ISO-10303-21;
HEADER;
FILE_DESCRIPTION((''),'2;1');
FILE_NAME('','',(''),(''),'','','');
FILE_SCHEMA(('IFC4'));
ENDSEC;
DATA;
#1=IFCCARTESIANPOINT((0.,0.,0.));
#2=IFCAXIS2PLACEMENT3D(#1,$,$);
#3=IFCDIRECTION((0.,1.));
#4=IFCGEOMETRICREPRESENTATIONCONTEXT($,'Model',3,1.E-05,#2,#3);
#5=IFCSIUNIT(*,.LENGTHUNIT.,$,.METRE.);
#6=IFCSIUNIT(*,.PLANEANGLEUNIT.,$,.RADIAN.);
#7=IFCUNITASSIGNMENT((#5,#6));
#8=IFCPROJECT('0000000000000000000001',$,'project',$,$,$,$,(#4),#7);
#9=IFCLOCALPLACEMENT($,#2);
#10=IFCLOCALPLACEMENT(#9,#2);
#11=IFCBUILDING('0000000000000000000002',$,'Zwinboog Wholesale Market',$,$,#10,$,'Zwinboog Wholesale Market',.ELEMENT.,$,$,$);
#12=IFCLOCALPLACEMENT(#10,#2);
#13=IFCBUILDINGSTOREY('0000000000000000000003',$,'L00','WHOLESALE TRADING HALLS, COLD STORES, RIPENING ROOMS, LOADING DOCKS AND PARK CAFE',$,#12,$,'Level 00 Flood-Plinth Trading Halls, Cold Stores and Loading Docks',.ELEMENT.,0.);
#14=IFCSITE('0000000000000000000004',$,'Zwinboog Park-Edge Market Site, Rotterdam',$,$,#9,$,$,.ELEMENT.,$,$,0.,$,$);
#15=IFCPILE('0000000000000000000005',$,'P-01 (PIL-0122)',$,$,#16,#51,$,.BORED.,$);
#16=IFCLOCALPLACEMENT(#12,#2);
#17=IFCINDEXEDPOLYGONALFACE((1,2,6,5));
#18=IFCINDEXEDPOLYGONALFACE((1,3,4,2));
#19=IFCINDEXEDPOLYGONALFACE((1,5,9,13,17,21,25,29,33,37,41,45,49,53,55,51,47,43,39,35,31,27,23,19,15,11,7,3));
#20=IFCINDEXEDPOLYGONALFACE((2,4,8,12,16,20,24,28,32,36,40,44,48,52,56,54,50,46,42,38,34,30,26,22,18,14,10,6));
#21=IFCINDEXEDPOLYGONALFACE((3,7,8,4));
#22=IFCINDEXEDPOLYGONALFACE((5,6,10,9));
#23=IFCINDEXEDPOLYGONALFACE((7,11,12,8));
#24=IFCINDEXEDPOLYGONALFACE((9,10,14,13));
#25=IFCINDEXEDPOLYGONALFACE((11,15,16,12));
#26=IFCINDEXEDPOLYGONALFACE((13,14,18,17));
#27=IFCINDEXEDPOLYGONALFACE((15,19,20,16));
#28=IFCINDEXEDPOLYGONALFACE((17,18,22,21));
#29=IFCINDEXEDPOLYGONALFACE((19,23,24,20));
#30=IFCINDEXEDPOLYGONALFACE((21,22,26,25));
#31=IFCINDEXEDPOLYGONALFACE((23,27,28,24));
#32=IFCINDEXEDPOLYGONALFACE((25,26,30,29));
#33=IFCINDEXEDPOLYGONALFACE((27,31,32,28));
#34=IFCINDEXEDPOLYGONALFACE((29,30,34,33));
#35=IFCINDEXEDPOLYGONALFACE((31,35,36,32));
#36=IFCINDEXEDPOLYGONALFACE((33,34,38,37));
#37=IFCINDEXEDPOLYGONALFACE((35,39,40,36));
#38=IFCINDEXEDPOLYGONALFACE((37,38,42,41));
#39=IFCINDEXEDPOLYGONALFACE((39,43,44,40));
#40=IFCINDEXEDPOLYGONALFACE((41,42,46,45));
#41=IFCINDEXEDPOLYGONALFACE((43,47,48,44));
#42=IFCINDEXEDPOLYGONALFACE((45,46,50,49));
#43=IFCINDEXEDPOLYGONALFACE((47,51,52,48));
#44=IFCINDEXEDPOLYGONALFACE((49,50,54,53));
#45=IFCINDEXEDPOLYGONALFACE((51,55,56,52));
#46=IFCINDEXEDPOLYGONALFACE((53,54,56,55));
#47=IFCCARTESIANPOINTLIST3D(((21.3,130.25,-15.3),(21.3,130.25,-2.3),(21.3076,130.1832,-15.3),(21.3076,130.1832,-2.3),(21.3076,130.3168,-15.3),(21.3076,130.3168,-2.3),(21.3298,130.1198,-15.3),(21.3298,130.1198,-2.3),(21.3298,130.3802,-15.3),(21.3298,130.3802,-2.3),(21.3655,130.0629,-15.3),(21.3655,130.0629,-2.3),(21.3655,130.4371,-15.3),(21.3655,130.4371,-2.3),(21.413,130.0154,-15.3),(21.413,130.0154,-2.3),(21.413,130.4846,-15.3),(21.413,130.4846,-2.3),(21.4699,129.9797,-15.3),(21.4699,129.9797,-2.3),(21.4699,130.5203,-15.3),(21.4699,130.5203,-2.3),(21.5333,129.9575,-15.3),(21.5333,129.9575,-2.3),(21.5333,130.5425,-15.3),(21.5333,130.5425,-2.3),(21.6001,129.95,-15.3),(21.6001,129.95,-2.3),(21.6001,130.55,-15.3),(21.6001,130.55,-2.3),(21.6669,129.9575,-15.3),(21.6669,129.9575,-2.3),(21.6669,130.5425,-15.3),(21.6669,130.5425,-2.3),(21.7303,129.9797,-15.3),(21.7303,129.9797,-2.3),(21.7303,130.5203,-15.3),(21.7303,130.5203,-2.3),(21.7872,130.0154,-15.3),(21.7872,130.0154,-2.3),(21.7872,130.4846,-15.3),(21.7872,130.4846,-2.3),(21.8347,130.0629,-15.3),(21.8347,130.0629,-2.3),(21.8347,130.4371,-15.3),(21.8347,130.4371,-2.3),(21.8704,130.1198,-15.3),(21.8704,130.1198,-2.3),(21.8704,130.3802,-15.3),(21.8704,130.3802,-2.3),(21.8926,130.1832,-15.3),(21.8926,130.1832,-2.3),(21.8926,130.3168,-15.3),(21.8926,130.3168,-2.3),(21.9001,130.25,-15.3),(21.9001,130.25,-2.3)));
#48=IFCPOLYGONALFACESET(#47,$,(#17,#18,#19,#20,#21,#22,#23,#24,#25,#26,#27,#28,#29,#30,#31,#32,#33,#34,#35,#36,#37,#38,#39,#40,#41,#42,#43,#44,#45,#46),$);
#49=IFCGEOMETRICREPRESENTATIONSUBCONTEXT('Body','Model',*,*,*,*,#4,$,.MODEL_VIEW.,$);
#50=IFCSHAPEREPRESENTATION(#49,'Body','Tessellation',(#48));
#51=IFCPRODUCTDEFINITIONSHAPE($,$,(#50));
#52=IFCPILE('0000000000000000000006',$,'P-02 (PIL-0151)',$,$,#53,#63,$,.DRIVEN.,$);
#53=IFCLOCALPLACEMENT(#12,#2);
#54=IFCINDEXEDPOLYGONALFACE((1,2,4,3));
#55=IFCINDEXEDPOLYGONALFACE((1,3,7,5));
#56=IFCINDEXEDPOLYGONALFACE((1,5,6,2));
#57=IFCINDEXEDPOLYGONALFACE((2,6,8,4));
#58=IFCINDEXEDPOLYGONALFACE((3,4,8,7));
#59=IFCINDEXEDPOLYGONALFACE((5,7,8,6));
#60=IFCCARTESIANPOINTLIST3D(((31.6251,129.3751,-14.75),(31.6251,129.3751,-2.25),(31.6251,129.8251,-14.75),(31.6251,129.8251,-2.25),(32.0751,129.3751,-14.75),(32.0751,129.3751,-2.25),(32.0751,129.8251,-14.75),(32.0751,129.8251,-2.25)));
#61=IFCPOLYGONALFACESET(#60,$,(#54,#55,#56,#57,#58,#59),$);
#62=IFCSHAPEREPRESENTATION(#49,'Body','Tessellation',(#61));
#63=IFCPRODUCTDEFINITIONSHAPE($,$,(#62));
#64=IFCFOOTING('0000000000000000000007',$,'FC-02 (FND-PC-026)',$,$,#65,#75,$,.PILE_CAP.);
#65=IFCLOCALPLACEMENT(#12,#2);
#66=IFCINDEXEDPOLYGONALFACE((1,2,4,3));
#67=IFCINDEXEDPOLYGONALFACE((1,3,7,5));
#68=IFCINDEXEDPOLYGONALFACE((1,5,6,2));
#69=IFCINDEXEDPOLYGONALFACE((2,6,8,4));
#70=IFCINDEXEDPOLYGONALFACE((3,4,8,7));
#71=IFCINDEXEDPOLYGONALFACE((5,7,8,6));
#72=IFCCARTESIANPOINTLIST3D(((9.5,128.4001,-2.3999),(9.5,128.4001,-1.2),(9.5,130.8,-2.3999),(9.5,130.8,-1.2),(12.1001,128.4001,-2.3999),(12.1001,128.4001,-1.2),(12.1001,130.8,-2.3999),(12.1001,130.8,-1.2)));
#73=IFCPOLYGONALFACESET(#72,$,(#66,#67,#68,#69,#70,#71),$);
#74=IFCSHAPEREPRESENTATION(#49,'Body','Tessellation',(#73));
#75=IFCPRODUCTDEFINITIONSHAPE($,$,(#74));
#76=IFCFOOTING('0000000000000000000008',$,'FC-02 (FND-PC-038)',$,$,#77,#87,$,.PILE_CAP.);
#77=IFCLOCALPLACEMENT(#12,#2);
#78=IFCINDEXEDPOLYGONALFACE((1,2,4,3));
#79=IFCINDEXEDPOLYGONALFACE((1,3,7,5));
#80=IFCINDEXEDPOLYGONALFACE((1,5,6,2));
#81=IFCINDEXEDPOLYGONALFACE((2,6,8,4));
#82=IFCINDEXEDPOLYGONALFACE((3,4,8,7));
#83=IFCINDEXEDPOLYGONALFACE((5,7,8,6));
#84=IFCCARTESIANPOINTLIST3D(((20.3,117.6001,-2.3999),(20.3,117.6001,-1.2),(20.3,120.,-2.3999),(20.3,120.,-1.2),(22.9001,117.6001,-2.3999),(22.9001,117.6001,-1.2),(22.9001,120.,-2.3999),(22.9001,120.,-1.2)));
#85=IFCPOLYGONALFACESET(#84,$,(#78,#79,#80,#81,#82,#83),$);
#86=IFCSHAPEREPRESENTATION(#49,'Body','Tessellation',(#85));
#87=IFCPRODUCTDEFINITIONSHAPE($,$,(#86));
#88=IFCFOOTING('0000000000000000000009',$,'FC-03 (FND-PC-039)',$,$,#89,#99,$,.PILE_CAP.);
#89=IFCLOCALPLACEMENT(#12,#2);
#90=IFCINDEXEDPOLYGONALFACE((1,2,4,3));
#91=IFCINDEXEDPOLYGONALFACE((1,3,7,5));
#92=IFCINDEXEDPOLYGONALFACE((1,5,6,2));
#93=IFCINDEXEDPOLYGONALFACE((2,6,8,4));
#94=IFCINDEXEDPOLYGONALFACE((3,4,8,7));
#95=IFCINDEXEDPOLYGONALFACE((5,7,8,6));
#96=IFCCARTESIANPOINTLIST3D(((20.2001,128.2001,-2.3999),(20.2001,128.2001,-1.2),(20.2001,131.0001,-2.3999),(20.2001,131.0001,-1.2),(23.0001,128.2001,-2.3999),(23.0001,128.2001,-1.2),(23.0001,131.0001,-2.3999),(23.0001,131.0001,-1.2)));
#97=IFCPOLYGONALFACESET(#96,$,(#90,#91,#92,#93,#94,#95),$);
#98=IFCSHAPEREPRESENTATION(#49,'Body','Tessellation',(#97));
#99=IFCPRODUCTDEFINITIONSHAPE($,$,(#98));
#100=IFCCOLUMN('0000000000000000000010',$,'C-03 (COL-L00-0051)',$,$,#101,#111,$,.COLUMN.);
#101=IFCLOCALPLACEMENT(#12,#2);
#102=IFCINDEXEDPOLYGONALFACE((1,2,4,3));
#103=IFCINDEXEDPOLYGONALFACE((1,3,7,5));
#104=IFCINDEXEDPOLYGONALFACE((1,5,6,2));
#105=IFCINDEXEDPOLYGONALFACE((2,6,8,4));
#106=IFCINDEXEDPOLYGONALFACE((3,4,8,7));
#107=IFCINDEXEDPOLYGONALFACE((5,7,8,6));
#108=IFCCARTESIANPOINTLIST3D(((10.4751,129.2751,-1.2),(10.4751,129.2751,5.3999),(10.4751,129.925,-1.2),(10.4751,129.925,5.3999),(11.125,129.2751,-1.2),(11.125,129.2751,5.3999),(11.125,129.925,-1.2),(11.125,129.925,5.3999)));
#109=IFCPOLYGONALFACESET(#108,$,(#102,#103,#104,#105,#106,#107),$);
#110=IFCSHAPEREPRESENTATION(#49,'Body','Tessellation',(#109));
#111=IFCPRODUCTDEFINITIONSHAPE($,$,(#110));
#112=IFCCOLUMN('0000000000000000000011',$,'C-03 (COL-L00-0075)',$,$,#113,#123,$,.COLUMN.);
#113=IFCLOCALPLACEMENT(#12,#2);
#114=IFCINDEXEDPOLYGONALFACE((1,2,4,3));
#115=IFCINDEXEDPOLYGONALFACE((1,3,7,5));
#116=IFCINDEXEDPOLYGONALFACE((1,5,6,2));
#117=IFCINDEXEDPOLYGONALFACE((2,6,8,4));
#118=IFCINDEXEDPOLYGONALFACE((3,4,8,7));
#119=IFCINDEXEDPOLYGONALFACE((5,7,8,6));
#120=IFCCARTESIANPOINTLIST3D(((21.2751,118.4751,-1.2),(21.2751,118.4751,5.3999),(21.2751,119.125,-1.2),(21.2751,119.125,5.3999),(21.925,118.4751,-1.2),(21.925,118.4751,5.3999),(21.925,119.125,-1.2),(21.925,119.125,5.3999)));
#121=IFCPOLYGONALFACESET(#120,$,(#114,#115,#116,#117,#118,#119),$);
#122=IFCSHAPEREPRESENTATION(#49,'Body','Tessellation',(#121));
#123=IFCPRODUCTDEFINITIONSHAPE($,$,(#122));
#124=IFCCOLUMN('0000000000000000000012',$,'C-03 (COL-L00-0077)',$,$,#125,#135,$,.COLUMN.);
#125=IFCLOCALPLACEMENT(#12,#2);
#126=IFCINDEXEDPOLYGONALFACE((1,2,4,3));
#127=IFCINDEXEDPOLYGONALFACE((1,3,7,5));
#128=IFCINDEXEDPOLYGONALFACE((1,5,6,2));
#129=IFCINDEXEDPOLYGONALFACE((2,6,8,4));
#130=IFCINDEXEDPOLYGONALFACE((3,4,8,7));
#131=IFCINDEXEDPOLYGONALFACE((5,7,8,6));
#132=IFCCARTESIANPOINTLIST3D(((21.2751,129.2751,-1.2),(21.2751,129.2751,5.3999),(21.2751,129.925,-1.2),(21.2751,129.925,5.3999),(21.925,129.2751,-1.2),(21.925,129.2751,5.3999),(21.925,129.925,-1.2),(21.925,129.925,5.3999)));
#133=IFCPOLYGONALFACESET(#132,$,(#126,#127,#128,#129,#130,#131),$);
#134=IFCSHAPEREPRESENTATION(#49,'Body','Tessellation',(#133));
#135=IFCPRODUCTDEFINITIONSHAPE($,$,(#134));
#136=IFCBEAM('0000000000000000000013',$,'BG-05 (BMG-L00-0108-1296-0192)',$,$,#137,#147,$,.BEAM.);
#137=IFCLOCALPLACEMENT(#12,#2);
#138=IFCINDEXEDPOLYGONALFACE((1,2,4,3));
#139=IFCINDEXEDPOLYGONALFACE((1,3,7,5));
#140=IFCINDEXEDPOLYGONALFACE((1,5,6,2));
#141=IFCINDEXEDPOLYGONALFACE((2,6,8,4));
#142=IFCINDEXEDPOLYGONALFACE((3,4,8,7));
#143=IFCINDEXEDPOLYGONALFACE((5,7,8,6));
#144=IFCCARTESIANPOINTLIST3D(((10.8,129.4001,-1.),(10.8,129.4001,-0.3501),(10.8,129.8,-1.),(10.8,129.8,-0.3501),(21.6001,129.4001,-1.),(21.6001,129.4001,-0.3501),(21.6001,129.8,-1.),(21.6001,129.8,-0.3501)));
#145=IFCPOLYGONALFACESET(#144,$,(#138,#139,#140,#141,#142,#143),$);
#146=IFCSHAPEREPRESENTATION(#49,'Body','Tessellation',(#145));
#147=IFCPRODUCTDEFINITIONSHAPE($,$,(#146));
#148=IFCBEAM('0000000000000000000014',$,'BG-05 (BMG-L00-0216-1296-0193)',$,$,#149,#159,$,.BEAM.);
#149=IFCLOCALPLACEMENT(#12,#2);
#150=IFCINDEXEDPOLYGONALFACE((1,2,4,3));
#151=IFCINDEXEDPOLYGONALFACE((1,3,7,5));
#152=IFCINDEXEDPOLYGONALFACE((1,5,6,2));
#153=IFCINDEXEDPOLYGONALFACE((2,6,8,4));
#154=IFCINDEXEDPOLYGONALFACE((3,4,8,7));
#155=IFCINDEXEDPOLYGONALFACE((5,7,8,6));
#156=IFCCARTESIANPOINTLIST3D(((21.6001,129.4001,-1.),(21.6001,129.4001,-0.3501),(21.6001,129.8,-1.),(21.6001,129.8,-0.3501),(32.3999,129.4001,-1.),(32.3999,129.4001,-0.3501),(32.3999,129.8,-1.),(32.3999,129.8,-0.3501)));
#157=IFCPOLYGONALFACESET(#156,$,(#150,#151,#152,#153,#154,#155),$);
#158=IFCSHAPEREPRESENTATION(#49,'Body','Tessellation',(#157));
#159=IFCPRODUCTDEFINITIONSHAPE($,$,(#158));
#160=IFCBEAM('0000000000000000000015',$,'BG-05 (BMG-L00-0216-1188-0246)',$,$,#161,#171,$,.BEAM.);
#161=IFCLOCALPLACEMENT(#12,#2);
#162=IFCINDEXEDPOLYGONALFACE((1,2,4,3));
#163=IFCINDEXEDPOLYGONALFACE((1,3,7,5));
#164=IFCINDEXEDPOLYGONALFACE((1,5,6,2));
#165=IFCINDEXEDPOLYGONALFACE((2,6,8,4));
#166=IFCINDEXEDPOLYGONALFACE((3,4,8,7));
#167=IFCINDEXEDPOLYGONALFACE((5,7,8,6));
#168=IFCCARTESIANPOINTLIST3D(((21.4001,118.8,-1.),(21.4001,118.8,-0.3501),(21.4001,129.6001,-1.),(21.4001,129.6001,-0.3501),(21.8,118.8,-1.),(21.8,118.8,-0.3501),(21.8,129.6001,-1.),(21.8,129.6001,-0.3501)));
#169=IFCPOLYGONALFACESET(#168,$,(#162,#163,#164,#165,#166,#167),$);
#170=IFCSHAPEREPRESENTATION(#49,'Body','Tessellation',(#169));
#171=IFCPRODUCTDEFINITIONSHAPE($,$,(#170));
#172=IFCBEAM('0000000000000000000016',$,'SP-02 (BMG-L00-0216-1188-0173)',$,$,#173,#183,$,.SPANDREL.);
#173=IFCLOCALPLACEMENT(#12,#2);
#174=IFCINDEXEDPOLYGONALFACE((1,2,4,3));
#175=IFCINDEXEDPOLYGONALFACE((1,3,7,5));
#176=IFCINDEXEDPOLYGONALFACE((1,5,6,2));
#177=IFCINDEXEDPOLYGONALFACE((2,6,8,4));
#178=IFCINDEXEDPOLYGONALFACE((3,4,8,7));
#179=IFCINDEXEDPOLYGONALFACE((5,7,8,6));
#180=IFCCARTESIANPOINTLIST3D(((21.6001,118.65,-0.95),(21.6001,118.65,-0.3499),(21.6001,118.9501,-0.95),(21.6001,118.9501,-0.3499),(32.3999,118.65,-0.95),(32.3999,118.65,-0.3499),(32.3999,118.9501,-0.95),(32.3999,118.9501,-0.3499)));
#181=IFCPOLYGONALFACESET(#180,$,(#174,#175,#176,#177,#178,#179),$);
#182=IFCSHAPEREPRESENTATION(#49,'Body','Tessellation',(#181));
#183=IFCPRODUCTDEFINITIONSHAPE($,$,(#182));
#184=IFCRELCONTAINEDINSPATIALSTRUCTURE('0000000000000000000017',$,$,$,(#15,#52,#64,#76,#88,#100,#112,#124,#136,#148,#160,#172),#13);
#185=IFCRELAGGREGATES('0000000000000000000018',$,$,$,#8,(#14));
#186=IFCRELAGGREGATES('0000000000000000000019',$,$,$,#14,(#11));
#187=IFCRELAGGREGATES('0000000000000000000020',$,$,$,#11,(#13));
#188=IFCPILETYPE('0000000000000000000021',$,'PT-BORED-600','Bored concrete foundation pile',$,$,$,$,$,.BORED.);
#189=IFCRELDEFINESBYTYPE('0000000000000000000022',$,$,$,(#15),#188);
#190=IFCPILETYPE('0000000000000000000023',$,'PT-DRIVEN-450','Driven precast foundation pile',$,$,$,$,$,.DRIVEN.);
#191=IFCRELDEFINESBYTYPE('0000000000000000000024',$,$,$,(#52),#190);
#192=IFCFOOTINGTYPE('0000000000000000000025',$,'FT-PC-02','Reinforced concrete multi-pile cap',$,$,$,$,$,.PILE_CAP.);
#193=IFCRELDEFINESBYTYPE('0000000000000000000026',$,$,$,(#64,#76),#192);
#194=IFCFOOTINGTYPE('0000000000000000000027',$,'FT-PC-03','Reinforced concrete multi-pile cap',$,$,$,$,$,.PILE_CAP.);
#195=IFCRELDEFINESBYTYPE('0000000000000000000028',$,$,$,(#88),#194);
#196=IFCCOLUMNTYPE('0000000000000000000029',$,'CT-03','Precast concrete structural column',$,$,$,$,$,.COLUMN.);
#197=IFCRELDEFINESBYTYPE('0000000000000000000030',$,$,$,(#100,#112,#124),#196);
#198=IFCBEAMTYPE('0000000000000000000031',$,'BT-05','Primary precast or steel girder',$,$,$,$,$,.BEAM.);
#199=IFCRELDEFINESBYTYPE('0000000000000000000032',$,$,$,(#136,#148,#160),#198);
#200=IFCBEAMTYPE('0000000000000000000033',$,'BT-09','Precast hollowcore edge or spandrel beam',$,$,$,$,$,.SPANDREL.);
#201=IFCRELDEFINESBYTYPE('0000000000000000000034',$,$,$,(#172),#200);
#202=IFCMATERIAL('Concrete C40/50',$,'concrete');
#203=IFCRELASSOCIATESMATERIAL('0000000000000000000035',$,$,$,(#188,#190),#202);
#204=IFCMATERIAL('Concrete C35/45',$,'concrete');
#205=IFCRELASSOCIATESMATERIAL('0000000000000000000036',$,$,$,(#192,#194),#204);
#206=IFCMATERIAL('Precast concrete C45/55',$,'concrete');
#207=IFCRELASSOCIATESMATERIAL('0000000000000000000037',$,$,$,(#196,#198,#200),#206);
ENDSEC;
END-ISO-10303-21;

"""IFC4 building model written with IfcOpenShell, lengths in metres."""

from ifc_helpers import new_model, si_unit, direction, frame, origin, origin_2d, place, context, subcontext, project, spatial, rectangle, circle, extrude, material, material_profile, profile_set, type_object, element, save


model = new_model("IFC4")

# Units and contexts
model_context = context("Model", 3, precision=1e-05, world=origin(), true_north=direction((0.0, 1.0)))
body_context = subcontext(model_context, "Body", "Model", "MODEL_VIEW")
ifc_project = project(units=[si_unit("LENGTHUNIT", "METRE"), si_unit("PLANEANGLEUNIT", "RADIAN")], contexts=[model_context])

# Site, building, storey
site_placement = place(None, origin())
site = spatial("IfcSite", under=ifc_project, at=site_placement, Name="Zwinboog Park-Edge Market Site, Rotterdam", CompositionType="ELEMENT", RefElevation=0.0)
building_placement = place(site_placement, origin())
building = spatial("IfcBuilding", under=site, at=building_placement, Name="Zwinboog Wholesale Market", LongName="Zwinboog Wholesale Market", CompositionType="ELEMENT")
storey_placement = place(building_placement, origin())
storey = spatial("IfcBuildingStorey", under=building, at=storey_placement, Name="L00", Description="WHOLESALE TRADING HALLS, COLD STORES, RIPENING ROOMS, LOADING DOCKS AND PARK CAFE", LongName="Level 00 Flood-Plinth Trading Halls, Cold Stores and Loading Docks", CompositionType="ELEMENT", Elevation=0.0)

# Piles
ifc_material_1 = material(Name="Concrete C40/50", Category="concrete")
ifc_material_profile_1 = material_profile(ifc_material_1, circle(Radius=0.3, at=origin_2d()), Name="PILE D600")
ifc_profile_set_1 = profile_set([ifc_material_profile_1], Name="Concrete C40/50")
pile_type_1 = type_object("IfcPileType", Name="PT-BORED-600", Description="Bored concrete foundation pile", PredefinedType="BORED", material=ifc_profile_set_1)
for number, where, z_axis, x_axis, name in (
    (1, (21.6001, 130.25, -2.3), (0.0, 0.0, -1.0), (1.0, 0.0, 0.0), "P-01 (PIL-0122)"),
):
    element("IfcPile", number, at=place(storey_placement, frame(where, z_axis=z_axis, x_axis=x_axis)), inside=storey, type_object=pile_type_1, Name=name, PredefinedType="BORED", context=body_context, shape_type="SweptSolid", body=[
        extrude(circle(Radius=0.3, at=origin_2d()), origin(), (0.0, 0.0, 1.0), 13.0),
    ])
ifc_material_profile_2 = material_profile(ifc_material_1, rectangle(XDim=0.45, YDim=0.45, at=origin_2d()), Name="PILE SQ450")
ifc_profile_set_2 = profile_set([ifc_material_profile_2], Name="Concrete C40/50")
pile_type_2 = type_object("IfcPileType", Name="PT-DRIVEN-450", Description="Driven precast foundation pile", PredefinedType="DRIVEN", material=ifc_profile_set_2)
pile_placement = place(storey_placement, frame((31.8501, 129.6001, -2.25), z_axis=(0.0, 0.0, -1.0), x_axis=(1.0, 0.0, 0.0)))
element("IfcPile", 2, at=pile_placement, inside=storey, type_object=pile_type_2, Name="P-02 (PIL-0151)", PredefinedType="DRIVEN", context=body_context, shape_type="SweptSolid", body=[
    extrude(rectangle(XDim=0.45, YDim=0.45, at=origin_2d()), origin(), (0.0, 0.0, 1.0), 12.5),
])

# Footings
ifc_material_2 = material(Name="Concrete C35/45", Category="concrete")
footing_type_1 = type_object("IfcFootingType", Name="FT-PC-02", Description="Reinforced concrete multi-pile cap", PredefinedType="PILE_CAP", material=ifc_material_2)
for number, where, z_axis, x_axis, name in (
    (3, (10.8, 129.6001, -2.3999), (0.0, 0.0, 1.0), (1.0, 0.0, 0.0), "FC-02 (FND-PC-026)"),
    (4, (21.6001, 118.8, -2.3999), (0.0, 0.0, 1.0), (1.0, 0.0, 0.0), "FC-02 (FND-PC-038)"),
):
    element("IfcFooting", number, at=place(storey_placement, frame(where, z_axis=z_axis, x_axis=x_axis)), inside=storey, type_object=footing_type_1, Name=name, PredefinedType="PILE_CAP", context=body_context, shape_type="SweptSolid", body=[
        extrude(rectangle(XDim=2.6001, YDim=2.3999, at=origin_2d()), origin(), (0.0, 0.0, 1.0), 1.2),
    ])
footing_type_2 = type_object("IfcFootingType", Name="FT-PC-03", Description="Reinforced concrete multi-pile cap", PredefinedType="PILE_CAP", material=ifc_material_2)
footing_placement = place(storey_placement, frame((21.6001, 129.6001, -2.3999), z_axis=(0.0, 0.0, 1.0), x_axis=(1.0, 0.0, 0.0)))
element("IfcFooting", 5, at=footing_placement, inside=storey, type_object=footing_type_2, Name="FC-03 (FND-PC-039)", PredefinedType="PILE_CAP", context=body_context, shape_type="SweptSolid", body=[
    extrude(rectangle(XDim=2.8, YDim=2.8, at=origin_2d()), origin(), (0.0, 0.0, 1.0), 1.2),
])

# Columns
ifc_material_3 = material(Name="Precast concrete C45/55", Category="concrete")
ifc_material_profile_3 = material_profile(ifc_material_3, rectangle(XDim=0.6499, YDim=0.6499, at=origin_2d()), Name="PC 650x650")
ifc_profile_set_3 = profile_set([ifc_material_profile_3], Name="Precast concrete C45/55")
column_type = type_object("IfcColumnType", Name="CT-03", Description="Precast concrete structural column", PredefinedType="COLUMN", material=ifc_profile_set_3)
for number, where, z_axis, x_axis, name in (
    (6, (10.8, 129.6001, -1.2), (0.0, 0.0, 1.0), (1.0, 0.0, 0.0), "C-03 (COL-L00-0051)"),
    (7, (21.6001, 118.8, -1.2), (0.0, 0.0, 1.0), (1.0, 0.0, 0.0), "C-03 (COL-L00-0075)"),
    (8, (21.6001, 129.6001, -1.2), (0.0, 0.0, 1.0), (1.0, 0.0, 0.0), "C-03 (COL-L00-0077)"),
):
    element("IfcColumn", number, at=place(storey_placement, frame(where, z_axis=z_axis, x_axis=x_axis)), inside=storey, type_object=column_type, Name=name, PredefinedType="COLUMN", context=body_context, shape_type="SweptSolid", body=[
        extrude(rectangle(XDim=0.6499, YDim=0.6499, at=origin_2d()), origin(), (0.0, 0.0, 1.0), 6.5999),
    ])

# Beams
ifc_material_profile_4 = material_profile(ifc_material_3, rectangle(XDim=0.3999, YDim=0.6499, at=origin_2d()), Name="PC 400x650")
ifc_profile_set_4 = profile_set([ifc_material_profile_4], Name="Precast concrete C45/55")
beam_type_1 = type_object("IfcBeamType", Name="BT-05", Description="Primary precast or steel girder", PredefinedType="BEAM", material=ifc_profile_set_4)
beam_1_placement = place(storey_placement, frame((10.8, 129.6001, -0.675), z_axis=(1.0, 0.0, 0.0), x_axis=(0.0, 1.0, 0.0)))
element("IfcBeam", 9, at=beam_1_placement, inside=storey, type_object=beam_type_1, Name="BG-05 (BMG-L00-0108-1296-0192)", PredefinedType="BEAM", context=body_context, shape_type="SweptSolid", body=[
    extrude(rectangle(XDim=0.3999, YDim=0.6499, at=origin_2d()), origin(), (0.0, 0.0, 1.0), 10.8),
])
beam_2_placement = place(storey_placement, frame((21.6001, 129.6001, -0.675), z_axis=(1.0, 0.0, 0.0), x_axis=(0.0, 1.0, 0.0)))
element("IfcBeam", 10, at=beam_2_placement, inside=storey, type_object=beam_type_1, Name="BG-05 (BMG-L00-0216-1296-0193)", PredefinedType="BEAM", context=body_context, shape_type="SweptSolid", body=[
    extrude(rectangle(XDim=0.3999, YDim=0.6499, at=origin_2d()), origin(), (0.0, 0.0, 1.0), 10.7998),
])
beam_3_placement = place(storey_placement, frame((21.6001, 118.8, -0.675), z_axis=(0.0, 1.0, 0.0), x_axis=(-1.0, 0.0, 0.0)))
element("IfcBeam", 11, at=beam_3_placement, inside=storey, type_object=beam_type_1, Name="BG-05 (BMG-L00-0216-1188-0246)", PredefinedType="BEAM", context=body_context, shape_type="SweptSolid", body=[
    extrude(rectangle(XDim=0.3999, YDim=0.6499, at=origin_2d()), origin(), (0.0, 0.0, 1.0), 10.8),
])
ifc_material_profile_5 = material_profile(ifc_material_3, rectangle(XDim=0.3, YDim=0.6001, at=origin_2d()), Name="PC 300x600")
ifc_profile_set_5 = profile_set([ifc_material_profile_5], Name="Precast concrete C45/55")
beam_type_2 = type_object("IfcBeamType", Name="BT-09", Description="Precast hollowcore edge or spandrel beam", PredefinedType="SPANDREL", material=ifc_profile_set_5)
beam_4_placement = place(storey_placement, frame((21.6001, 118.8, -0.6499), z_axis=(1.0, 0.0, 0.0), x_axis=(0.0, 1.0, 0.0)))
element("IfcBeam", 12, at=beam_4_placement, inside=storey, type_object=beam_type_2, Name="SP-02 (BMG-L00-0216-1188-0173)", PredefinedType="SPANDREL", context=body_context, shape_type="SweptSolid", body=[
    extrude(rectangle(XDim=0.3, YDim=0.6001, at=origin_2d()), origin(), (0.0, 0.0, 1.0), 10.7998),
])

save(model, "model.ifc")
